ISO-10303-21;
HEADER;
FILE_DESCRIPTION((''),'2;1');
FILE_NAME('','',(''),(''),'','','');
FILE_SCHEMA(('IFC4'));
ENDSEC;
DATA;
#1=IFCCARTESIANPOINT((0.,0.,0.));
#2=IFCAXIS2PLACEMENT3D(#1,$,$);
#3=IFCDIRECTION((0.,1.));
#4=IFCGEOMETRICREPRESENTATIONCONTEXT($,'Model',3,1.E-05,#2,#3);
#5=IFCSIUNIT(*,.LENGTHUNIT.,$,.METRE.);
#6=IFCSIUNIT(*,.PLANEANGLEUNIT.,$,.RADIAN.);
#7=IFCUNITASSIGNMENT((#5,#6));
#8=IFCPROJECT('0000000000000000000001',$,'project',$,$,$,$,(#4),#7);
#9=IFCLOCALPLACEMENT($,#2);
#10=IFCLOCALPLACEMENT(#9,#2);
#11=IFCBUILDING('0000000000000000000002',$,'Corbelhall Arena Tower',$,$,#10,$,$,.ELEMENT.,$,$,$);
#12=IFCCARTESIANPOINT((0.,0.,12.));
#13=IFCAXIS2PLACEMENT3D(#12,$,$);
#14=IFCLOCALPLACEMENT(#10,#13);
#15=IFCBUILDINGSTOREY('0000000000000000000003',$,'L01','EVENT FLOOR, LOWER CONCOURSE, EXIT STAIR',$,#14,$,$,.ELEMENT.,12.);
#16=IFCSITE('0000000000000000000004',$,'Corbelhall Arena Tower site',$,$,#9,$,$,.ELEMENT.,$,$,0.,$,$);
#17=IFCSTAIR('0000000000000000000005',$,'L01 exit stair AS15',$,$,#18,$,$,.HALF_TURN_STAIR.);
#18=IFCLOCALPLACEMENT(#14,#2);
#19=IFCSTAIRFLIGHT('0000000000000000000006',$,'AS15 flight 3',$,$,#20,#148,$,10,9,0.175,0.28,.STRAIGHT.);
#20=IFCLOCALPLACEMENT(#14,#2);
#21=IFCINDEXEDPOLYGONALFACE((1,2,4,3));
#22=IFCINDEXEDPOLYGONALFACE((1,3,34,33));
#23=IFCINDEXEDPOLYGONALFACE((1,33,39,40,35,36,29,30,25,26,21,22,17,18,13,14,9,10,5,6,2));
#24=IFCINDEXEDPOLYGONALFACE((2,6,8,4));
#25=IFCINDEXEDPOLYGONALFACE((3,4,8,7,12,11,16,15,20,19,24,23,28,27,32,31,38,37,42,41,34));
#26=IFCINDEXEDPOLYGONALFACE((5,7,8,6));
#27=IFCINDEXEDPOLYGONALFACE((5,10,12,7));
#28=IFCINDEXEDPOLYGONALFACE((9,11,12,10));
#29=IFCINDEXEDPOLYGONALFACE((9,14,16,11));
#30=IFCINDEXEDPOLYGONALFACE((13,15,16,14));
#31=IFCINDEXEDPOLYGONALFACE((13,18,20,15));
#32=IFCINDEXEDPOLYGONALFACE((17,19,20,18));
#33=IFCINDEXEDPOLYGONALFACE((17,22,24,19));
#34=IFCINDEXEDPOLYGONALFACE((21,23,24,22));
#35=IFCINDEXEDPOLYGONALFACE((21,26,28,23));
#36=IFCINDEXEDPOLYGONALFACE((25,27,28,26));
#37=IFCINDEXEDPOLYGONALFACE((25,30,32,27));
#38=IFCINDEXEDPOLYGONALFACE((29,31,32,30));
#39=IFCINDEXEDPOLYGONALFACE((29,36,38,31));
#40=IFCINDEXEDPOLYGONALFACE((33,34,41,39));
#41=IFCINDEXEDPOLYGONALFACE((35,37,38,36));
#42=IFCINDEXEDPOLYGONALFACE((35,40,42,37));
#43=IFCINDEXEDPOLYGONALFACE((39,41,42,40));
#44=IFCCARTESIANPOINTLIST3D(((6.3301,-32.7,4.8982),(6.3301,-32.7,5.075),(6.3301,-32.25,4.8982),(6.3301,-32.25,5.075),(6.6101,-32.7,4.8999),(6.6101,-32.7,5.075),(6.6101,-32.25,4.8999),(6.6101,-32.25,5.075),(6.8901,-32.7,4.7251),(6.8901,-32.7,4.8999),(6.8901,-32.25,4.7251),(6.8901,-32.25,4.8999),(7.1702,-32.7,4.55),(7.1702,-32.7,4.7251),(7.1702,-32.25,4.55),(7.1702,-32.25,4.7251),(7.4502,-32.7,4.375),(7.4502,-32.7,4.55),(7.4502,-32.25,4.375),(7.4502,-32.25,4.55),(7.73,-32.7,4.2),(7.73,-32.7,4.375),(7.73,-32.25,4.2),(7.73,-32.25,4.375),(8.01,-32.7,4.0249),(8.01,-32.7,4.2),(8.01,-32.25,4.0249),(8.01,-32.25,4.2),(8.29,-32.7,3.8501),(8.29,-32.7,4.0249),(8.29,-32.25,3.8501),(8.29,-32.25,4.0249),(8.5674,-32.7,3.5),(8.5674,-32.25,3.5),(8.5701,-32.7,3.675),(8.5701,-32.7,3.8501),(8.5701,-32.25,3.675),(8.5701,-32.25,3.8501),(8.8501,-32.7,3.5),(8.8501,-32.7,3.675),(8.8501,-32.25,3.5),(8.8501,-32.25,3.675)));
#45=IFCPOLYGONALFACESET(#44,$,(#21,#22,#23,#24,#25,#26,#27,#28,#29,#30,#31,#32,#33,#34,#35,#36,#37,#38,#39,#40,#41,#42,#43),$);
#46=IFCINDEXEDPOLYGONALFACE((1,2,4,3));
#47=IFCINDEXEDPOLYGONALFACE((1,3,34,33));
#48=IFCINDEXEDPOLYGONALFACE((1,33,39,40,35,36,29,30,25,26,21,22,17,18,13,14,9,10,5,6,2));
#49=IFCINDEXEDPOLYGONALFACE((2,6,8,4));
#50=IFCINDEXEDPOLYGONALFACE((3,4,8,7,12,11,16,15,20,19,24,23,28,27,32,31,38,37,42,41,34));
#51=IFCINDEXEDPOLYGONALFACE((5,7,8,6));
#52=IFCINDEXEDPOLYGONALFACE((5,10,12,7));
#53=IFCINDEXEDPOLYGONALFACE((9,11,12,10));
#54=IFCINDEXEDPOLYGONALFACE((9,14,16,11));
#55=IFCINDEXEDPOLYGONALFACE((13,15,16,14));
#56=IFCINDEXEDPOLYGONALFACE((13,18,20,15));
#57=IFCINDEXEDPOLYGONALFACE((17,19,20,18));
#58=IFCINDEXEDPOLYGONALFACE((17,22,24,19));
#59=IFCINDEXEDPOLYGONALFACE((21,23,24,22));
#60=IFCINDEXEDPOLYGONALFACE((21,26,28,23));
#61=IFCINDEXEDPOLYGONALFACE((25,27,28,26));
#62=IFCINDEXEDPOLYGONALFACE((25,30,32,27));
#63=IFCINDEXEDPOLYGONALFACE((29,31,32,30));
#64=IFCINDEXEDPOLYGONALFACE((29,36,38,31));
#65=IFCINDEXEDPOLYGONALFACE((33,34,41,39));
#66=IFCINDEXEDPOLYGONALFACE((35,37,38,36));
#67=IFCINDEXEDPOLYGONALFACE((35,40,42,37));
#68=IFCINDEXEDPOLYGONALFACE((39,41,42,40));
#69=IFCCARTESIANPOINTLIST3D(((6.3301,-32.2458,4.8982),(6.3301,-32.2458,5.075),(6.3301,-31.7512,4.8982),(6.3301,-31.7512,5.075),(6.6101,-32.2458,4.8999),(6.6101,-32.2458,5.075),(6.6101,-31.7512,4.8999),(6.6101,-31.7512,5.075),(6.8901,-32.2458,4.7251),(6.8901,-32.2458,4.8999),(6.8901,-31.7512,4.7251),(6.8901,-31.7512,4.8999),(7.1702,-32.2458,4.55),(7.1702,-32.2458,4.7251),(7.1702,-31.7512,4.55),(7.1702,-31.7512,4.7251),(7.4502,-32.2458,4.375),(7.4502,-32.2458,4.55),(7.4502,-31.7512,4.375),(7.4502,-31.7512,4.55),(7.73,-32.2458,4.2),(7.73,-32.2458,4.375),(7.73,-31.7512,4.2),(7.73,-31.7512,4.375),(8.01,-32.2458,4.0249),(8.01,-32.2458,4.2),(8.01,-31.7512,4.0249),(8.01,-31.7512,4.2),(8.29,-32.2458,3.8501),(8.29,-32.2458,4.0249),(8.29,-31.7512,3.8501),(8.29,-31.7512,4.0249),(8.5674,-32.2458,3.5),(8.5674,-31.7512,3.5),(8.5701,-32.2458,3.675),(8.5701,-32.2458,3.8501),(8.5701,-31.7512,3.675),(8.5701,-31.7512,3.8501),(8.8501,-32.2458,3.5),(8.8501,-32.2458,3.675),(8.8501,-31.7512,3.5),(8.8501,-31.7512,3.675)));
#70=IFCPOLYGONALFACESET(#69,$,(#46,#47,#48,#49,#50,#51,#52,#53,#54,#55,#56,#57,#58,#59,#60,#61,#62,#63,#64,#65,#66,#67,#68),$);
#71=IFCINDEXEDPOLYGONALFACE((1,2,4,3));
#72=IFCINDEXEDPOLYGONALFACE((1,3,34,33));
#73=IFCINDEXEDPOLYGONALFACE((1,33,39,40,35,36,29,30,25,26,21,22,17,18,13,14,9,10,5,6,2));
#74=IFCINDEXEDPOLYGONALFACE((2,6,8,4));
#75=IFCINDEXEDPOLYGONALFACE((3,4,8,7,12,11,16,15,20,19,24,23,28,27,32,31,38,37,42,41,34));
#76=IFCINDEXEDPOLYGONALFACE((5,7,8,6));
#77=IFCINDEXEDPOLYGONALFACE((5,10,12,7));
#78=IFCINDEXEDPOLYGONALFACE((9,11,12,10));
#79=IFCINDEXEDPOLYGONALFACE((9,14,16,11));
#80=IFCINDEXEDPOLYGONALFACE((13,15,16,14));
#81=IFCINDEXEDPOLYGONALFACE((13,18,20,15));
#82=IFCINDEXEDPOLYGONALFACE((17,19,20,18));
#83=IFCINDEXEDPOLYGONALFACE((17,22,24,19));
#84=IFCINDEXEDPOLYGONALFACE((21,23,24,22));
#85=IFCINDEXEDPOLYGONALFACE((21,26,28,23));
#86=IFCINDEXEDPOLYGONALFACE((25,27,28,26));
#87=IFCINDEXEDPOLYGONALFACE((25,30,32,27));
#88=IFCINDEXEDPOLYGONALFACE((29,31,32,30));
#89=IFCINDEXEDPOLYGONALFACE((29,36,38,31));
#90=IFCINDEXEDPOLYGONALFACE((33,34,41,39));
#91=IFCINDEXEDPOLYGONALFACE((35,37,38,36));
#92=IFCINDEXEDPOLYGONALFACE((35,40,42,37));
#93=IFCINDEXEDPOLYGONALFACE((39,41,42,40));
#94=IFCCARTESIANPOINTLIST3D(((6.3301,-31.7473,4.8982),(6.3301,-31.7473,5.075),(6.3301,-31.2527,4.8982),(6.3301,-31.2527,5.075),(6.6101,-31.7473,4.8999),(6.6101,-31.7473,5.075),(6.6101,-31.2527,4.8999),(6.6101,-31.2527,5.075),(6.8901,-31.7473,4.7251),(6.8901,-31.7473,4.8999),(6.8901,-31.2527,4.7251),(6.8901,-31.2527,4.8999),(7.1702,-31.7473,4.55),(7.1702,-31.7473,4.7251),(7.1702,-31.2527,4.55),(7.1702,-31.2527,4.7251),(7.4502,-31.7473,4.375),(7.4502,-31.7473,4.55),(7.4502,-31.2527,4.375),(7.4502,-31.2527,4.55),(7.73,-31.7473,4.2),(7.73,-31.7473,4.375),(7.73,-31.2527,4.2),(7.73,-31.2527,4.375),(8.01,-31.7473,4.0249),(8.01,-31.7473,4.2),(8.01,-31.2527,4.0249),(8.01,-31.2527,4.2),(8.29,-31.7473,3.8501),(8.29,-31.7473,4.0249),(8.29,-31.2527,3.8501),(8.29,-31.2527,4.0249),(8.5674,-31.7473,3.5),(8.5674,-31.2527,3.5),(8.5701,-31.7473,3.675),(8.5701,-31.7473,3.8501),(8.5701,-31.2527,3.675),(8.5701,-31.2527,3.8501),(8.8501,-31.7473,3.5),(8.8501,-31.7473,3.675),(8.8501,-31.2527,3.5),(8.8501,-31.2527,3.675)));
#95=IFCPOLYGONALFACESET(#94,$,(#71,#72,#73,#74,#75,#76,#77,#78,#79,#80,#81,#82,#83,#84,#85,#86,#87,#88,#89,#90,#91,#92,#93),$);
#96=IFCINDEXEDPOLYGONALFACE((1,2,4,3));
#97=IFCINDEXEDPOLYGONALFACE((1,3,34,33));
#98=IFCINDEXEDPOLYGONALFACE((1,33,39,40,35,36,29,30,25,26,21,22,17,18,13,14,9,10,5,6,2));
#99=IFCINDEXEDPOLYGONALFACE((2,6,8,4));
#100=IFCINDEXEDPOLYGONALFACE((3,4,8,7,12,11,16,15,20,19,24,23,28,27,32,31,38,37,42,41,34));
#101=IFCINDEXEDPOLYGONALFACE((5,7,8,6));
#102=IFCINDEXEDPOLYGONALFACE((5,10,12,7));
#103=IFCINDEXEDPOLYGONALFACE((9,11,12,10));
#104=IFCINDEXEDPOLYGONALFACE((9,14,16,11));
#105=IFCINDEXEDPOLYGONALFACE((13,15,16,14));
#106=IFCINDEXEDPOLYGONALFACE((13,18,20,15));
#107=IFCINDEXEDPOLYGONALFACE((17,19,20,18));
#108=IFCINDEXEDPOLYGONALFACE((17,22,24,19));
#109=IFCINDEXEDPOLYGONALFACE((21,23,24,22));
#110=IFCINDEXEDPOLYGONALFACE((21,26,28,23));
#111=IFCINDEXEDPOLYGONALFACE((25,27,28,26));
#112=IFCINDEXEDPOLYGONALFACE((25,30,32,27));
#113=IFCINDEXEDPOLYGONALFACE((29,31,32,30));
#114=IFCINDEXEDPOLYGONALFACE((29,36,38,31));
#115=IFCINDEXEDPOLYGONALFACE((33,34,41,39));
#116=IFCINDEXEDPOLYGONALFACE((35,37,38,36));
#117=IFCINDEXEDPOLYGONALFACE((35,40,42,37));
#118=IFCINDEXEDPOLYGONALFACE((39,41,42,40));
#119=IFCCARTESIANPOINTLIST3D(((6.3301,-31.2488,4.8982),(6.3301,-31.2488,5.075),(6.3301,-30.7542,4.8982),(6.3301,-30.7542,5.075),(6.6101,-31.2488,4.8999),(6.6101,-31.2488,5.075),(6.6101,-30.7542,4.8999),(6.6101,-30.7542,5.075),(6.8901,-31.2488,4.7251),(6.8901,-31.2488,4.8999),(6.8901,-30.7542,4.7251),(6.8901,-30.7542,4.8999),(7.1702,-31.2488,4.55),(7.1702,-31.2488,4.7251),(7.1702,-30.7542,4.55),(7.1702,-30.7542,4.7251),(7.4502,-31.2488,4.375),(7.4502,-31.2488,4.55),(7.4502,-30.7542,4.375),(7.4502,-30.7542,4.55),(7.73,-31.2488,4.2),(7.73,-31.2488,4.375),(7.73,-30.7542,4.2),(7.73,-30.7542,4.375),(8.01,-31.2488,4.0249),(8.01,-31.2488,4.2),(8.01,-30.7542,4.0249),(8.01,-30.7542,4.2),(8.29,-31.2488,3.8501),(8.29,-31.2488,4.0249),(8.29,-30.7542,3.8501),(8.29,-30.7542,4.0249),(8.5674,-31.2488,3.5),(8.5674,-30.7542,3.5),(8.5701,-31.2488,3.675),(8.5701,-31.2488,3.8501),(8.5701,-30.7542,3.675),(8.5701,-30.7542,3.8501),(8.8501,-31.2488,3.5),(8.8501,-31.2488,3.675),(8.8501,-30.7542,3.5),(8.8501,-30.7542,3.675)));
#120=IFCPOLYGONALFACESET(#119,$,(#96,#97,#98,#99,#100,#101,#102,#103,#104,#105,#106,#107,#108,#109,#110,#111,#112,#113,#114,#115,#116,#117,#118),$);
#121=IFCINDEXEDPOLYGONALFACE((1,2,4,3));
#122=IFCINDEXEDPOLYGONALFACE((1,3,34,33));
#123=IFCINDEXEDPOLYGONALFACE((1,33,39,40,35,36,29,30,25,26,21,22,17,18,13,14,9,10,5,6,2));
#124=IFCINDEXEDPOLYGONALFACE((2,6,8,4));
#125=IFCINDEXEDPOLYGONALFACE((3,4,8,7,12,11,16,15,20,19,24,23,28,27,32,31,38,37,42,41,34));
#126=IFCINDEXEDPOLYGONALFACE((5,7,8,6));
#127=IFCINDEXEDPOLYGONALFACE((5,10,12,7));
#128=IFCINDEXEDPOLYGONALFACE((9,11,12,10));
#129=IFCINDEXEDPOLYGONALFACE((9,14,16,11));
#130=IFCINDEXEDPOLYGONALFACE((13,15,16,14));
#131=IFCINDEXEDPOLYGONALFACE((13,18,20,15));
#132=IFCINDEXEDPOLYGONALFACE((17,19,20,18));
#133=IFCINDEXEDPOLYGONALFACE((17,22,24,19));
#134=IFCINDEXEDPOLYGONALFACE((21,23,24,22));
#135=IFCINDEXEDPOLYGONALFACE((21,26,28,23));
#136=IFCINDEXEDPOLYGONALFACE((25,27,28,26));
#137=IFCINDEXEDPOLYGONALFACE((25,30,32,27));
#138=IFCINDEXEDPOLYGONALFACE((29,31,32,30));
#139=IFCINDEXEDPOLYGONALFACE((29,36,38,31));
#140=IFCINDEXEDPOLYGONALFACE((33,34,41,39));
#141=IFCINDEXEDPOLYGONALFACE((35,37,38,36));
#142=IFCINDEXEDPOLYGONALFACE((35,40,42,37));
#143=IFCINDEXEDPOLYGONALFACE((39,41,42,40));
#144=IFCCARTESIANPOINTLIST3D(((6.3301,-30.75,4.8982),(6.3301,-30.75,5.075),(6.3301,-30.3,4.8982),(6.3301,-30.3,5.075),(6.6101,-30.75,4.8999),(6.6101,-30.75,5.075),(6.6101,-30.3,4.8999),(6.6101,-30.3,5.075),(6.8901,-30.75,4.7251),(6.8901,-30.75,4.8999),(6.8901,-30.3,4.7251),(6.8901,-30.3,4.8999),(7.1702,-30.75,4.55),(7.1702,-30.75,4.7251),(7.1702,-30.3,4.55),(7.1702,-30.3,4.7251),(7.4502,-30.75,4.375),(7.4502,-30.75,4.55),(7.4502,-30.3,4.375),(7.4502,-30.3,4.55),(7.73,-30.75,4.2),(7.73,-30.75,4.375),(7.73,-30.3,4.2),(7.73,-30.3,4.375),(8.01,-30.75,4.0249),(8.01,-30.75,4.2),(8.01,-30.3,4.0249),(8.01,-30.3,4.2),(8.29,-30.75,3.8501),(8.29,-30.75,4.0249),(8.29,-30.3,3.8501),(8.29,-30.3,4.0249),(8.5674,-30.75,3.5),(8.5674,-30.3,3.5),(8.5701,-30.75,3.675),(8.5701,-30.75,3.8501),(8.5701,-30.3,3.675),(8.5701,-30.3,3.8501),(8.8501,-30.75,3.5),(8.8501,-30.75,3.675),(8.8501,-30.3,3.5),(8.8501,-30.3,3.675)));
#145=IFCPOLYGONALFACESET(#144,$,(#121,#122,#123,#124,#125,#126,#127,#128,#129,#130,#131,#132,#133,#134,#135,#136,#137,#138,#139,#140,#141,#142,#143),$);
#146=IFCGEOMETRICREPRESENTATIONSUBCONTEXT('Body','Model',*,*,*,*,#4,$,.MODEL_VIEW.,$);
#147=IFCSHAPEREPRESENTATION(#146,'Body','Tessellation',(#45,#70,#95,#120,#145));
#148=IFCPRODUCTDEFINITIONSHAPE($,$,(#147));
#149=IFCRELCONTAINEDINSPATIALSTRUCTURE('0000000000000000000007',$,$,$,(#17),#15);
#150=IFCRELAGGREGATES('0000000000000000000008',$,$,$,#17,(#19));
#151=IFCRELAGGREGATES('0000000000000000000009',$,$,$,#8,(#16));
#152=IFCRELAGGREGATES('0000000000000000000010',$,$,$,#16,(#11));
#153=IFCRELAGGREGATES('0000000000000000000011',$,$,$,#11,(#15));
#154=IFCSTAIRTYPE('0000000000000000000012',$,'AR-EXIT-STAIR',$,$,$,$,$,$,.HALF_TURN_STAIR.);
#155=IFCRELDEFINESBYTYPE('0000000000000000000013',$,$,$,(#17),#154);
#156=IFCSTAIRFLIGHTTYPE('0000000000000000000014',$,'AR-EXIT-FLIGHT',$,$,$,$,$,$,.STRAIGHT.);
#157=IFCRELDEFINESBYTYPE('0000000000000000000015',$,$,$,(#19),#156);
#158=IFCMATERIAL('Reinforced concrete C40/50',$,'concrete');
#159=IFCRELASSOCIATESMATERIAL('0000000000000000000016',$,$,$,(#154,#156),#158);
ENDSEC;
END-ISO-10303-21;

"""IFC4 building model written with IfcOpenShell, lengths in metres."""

from ifc_helpers import new_model, si_unit, direction, frame, origin, place, context, subcontext, project, spatial, polyline, outline, extrude, material, type_object, element, aggregate, save


model = new_model("IFC4")

# Units and contexts
model_context = context("Model", 3, precision=1e-05, world=origin(), true_north=direction((0.0, 1.0)))
body_context = subcontext(model_context, "Body", "Model", "MODEL_VIEW")
ifc_project = project(units=[si_unit("LENGTHUNIT", "METRE"), si_unit("PLANEANGLEUNIT", "RADIAN")], contexts=[model_context])

# Site, building, storey
site_placement = place(None, origin())
site = spatial("IfcSite", under=ifc_project, at=site_placement, Name="Corbelhall Arena Tower site", CompositionType="ELEMENT", RefElevation=0.0)
building_placement = place(site_placement, origin())
building = spatial("IfcBuilding", under=site, at=building_placement, Name="Corbelhall Arena Tower", CompositionType="ELEMENT")
storey_placement = place(building_placement, frame((0.0, 0.0, 12.0)))
storey = spatial("IfcBuildingStorey", under=building, at=storey_placement, Name="L01", Description="EVENT FLOOR, LOWER CONCOURSE, EXIT STAIR", CompositionType="ELEMENT", Elevation=12.0)

# Shared definitions
ifc_material_1 = material(Name="Reinforced concrete C40/50", Category="concrete")

# Stair, stair flight
stair_type = type_object("IfcStairType", Name="AR-EXIT-STAIR", PredefinedType="HALF_TURN_STAIR", material=ifc_material_1)
stair_placement = place(storey_placement, origin())
stair = element("IfcStair", 1, at=stair_placement, inside=storey, type_object=stair_type, Name="L01 exit stair AS15", PredefinedType="HALF_TURN_STAIR")
stair_flight_type = type_object("IfcStairFlightType", Name="AR-EXIT-FLIGHT", PredefinedType="STRAIGHT", material=ifc_material_1)
stair_flight_1_placement = place(storey_placement, frame((8.8501, -31.5, 3.5), z_axis=(0.0, 0.0, 1.0), x_axis=(-1.0, 0.0, 0.0)))
stair_flight_1 = element("IfcStairFlight", 2, at=stair_flight_1_placement, type_object=stair_flight_type, Name="AS15 flight 3", NumberOfRisers=10, NumberOfTreads=9, PredefinedType="STRAIGHT", RiserHeight=0.175, TreadLength=0.28, context=body_context, shape_type="SweptSolid", body=[
    extrude(outline(polyline([(0.0, 0.0), (0.0, 0.175), (0.28, 0.175), (0.28, 0.3501), (0.5601, 0.3501), (0.5601, 0.5249), (0.8401, 0.5249), (0.8401, 0.7), (1.1201, 0.7), (1.1201, 0.875), (1.3999, 0.875), (1.3999, 1.05), (1.6799, 1.05), (1.6799, 1.2251), (1.96, 1.2251), (1.96, 1.3999), (2.24, 1.3999), (2.24, 1.575), (2.52, 1.575), (2.52, 1.75), (2.52, 1.3982), (0.2827, 0.0), (0.0, 0.0)])), frame((0.0, 1.2, 0.0), z_axis=(0.0, -1.0, 0.0), x_axis=(1.0, 0.0, 0.0)), (0.0, 0.0, 1.0), 0.45),
    extrude(outline(polyline([(0.0, 0.0), (0.0, 0.175), (0.28, 0.175), (0.28, 0.3501), (0.5601, 0.3501), (0.5601, 0.5249), (0.8401, 0.5249), (0.8401, 0.7), (1.1201, 0.7), (1.1201, 0.875), (1.3999, 0.875), (1.3999, 1.05), (1.6799, 1.05), (1.6799, 1.2251), (1.96, 1.2251), (1.96, 1.3999), (2.24, 1.3999), (2.24, 1.575), (2.52, 1.575), (2.52, 1.75), (2.52, 1.3982), (0.2827, 0.0), (0.0, 0.0)])), frame((0.0, 0.7458, 0.0), z_axis=(0.0, -1.0, 0.0), x_axis=(1.0, 0.0, 0.0)), (0.0, 0.0, 1.0), 0.4946),
    extrude(outline(polyline([(0.0, 0.0), (0.0, 0.175), (0.28, 0.175), (0.28, 0.3501), (0.5601, 0.3501), (0.5601, 0.5249), (0.8401, 0.5249), (0.8401, 0.7), (1.1201, 0.7), (1.1201, 0.875), (1.3999, 0.875), (1.3999, 1.05), (1.6799, 1.05), (1.6799, 1.2251), (1.96, 1.2251), (1.96, 1.3999), (2.24, 1.3999), (2.24, 1.575), (2.52, 1.575), (2.52, 1.75), (2.52, 1.3982), (0.2827, 0.0), (0.0, 0.0)])), frame((0.0, 0.2473, 0.0), z_axis=(0.0, -1.0, 0.0), x_axis=(1.0, 0.0, 0.0)), (0.0, 0.0, 1.0), 0.4946),
    extrude(outline(polyline([(0.0, 0.0), (0.0, 0.175), (0.28, 0.175), (0.28, 0.3501), (0.5601, 0.3501), (0.5601, 0.5249), (0.8401, 0.5249), (0.8401, 0.7), (1.1201, 0.7), (1.1201, 0.875), (1.3999, 0.875), (1.3999, 1.05), (1.6799, 1.05), (1.6799, 1.2251), (1.96, 1.2251), (1.96, 1.3999), (2.24, 1.3999), (2.24, 1.575), (2.52, 1.575), (2.52, 1.75), (2.52, 1.3982), (0.2827, 0.0), (0.0, 0.0)])), frame((0.0, -0.2512, 0.0), z_axis=(0.0, -1.0, 0.0), x_axis=(1.0, 0.0, 0.0)), (0.0, 0.0, 1.0), 0.4946),
    extrude(outline(polyline([(0.0, 0.0), (0.0, 0.175), (0.28, 0.175), (0.28, 0.3501), (0.5601, 0.3501), (0.5601, 0.5249), (0.8401, 0.5249), (0.8401, 0.7), (1.1201, 0.7), (1.1201, 0.875), (1.3999, 0.875), (1.3999, 1.05), (1.6799, 1.05), (1.6799, 1.2251), (1.96, 1.2251), (1.96, 1.3999), (2.24, 1.3999), (2.24, 1.575), (2.52, 1.575), (2.52, 1.75), (2.52, 1.3982), (0.2827, 0.0), (0.0, 0.0)])), frame((0.0, -0.75, 0.0), z_axis=(0.0, -1.0, 0.0), x_axis=(1.0, 0.0, 0.0)), (0.0, 0.0, 1.0), 0.45),
])
aggregate(stair, [stair_flight_1])

save(model, "model.ifc")
